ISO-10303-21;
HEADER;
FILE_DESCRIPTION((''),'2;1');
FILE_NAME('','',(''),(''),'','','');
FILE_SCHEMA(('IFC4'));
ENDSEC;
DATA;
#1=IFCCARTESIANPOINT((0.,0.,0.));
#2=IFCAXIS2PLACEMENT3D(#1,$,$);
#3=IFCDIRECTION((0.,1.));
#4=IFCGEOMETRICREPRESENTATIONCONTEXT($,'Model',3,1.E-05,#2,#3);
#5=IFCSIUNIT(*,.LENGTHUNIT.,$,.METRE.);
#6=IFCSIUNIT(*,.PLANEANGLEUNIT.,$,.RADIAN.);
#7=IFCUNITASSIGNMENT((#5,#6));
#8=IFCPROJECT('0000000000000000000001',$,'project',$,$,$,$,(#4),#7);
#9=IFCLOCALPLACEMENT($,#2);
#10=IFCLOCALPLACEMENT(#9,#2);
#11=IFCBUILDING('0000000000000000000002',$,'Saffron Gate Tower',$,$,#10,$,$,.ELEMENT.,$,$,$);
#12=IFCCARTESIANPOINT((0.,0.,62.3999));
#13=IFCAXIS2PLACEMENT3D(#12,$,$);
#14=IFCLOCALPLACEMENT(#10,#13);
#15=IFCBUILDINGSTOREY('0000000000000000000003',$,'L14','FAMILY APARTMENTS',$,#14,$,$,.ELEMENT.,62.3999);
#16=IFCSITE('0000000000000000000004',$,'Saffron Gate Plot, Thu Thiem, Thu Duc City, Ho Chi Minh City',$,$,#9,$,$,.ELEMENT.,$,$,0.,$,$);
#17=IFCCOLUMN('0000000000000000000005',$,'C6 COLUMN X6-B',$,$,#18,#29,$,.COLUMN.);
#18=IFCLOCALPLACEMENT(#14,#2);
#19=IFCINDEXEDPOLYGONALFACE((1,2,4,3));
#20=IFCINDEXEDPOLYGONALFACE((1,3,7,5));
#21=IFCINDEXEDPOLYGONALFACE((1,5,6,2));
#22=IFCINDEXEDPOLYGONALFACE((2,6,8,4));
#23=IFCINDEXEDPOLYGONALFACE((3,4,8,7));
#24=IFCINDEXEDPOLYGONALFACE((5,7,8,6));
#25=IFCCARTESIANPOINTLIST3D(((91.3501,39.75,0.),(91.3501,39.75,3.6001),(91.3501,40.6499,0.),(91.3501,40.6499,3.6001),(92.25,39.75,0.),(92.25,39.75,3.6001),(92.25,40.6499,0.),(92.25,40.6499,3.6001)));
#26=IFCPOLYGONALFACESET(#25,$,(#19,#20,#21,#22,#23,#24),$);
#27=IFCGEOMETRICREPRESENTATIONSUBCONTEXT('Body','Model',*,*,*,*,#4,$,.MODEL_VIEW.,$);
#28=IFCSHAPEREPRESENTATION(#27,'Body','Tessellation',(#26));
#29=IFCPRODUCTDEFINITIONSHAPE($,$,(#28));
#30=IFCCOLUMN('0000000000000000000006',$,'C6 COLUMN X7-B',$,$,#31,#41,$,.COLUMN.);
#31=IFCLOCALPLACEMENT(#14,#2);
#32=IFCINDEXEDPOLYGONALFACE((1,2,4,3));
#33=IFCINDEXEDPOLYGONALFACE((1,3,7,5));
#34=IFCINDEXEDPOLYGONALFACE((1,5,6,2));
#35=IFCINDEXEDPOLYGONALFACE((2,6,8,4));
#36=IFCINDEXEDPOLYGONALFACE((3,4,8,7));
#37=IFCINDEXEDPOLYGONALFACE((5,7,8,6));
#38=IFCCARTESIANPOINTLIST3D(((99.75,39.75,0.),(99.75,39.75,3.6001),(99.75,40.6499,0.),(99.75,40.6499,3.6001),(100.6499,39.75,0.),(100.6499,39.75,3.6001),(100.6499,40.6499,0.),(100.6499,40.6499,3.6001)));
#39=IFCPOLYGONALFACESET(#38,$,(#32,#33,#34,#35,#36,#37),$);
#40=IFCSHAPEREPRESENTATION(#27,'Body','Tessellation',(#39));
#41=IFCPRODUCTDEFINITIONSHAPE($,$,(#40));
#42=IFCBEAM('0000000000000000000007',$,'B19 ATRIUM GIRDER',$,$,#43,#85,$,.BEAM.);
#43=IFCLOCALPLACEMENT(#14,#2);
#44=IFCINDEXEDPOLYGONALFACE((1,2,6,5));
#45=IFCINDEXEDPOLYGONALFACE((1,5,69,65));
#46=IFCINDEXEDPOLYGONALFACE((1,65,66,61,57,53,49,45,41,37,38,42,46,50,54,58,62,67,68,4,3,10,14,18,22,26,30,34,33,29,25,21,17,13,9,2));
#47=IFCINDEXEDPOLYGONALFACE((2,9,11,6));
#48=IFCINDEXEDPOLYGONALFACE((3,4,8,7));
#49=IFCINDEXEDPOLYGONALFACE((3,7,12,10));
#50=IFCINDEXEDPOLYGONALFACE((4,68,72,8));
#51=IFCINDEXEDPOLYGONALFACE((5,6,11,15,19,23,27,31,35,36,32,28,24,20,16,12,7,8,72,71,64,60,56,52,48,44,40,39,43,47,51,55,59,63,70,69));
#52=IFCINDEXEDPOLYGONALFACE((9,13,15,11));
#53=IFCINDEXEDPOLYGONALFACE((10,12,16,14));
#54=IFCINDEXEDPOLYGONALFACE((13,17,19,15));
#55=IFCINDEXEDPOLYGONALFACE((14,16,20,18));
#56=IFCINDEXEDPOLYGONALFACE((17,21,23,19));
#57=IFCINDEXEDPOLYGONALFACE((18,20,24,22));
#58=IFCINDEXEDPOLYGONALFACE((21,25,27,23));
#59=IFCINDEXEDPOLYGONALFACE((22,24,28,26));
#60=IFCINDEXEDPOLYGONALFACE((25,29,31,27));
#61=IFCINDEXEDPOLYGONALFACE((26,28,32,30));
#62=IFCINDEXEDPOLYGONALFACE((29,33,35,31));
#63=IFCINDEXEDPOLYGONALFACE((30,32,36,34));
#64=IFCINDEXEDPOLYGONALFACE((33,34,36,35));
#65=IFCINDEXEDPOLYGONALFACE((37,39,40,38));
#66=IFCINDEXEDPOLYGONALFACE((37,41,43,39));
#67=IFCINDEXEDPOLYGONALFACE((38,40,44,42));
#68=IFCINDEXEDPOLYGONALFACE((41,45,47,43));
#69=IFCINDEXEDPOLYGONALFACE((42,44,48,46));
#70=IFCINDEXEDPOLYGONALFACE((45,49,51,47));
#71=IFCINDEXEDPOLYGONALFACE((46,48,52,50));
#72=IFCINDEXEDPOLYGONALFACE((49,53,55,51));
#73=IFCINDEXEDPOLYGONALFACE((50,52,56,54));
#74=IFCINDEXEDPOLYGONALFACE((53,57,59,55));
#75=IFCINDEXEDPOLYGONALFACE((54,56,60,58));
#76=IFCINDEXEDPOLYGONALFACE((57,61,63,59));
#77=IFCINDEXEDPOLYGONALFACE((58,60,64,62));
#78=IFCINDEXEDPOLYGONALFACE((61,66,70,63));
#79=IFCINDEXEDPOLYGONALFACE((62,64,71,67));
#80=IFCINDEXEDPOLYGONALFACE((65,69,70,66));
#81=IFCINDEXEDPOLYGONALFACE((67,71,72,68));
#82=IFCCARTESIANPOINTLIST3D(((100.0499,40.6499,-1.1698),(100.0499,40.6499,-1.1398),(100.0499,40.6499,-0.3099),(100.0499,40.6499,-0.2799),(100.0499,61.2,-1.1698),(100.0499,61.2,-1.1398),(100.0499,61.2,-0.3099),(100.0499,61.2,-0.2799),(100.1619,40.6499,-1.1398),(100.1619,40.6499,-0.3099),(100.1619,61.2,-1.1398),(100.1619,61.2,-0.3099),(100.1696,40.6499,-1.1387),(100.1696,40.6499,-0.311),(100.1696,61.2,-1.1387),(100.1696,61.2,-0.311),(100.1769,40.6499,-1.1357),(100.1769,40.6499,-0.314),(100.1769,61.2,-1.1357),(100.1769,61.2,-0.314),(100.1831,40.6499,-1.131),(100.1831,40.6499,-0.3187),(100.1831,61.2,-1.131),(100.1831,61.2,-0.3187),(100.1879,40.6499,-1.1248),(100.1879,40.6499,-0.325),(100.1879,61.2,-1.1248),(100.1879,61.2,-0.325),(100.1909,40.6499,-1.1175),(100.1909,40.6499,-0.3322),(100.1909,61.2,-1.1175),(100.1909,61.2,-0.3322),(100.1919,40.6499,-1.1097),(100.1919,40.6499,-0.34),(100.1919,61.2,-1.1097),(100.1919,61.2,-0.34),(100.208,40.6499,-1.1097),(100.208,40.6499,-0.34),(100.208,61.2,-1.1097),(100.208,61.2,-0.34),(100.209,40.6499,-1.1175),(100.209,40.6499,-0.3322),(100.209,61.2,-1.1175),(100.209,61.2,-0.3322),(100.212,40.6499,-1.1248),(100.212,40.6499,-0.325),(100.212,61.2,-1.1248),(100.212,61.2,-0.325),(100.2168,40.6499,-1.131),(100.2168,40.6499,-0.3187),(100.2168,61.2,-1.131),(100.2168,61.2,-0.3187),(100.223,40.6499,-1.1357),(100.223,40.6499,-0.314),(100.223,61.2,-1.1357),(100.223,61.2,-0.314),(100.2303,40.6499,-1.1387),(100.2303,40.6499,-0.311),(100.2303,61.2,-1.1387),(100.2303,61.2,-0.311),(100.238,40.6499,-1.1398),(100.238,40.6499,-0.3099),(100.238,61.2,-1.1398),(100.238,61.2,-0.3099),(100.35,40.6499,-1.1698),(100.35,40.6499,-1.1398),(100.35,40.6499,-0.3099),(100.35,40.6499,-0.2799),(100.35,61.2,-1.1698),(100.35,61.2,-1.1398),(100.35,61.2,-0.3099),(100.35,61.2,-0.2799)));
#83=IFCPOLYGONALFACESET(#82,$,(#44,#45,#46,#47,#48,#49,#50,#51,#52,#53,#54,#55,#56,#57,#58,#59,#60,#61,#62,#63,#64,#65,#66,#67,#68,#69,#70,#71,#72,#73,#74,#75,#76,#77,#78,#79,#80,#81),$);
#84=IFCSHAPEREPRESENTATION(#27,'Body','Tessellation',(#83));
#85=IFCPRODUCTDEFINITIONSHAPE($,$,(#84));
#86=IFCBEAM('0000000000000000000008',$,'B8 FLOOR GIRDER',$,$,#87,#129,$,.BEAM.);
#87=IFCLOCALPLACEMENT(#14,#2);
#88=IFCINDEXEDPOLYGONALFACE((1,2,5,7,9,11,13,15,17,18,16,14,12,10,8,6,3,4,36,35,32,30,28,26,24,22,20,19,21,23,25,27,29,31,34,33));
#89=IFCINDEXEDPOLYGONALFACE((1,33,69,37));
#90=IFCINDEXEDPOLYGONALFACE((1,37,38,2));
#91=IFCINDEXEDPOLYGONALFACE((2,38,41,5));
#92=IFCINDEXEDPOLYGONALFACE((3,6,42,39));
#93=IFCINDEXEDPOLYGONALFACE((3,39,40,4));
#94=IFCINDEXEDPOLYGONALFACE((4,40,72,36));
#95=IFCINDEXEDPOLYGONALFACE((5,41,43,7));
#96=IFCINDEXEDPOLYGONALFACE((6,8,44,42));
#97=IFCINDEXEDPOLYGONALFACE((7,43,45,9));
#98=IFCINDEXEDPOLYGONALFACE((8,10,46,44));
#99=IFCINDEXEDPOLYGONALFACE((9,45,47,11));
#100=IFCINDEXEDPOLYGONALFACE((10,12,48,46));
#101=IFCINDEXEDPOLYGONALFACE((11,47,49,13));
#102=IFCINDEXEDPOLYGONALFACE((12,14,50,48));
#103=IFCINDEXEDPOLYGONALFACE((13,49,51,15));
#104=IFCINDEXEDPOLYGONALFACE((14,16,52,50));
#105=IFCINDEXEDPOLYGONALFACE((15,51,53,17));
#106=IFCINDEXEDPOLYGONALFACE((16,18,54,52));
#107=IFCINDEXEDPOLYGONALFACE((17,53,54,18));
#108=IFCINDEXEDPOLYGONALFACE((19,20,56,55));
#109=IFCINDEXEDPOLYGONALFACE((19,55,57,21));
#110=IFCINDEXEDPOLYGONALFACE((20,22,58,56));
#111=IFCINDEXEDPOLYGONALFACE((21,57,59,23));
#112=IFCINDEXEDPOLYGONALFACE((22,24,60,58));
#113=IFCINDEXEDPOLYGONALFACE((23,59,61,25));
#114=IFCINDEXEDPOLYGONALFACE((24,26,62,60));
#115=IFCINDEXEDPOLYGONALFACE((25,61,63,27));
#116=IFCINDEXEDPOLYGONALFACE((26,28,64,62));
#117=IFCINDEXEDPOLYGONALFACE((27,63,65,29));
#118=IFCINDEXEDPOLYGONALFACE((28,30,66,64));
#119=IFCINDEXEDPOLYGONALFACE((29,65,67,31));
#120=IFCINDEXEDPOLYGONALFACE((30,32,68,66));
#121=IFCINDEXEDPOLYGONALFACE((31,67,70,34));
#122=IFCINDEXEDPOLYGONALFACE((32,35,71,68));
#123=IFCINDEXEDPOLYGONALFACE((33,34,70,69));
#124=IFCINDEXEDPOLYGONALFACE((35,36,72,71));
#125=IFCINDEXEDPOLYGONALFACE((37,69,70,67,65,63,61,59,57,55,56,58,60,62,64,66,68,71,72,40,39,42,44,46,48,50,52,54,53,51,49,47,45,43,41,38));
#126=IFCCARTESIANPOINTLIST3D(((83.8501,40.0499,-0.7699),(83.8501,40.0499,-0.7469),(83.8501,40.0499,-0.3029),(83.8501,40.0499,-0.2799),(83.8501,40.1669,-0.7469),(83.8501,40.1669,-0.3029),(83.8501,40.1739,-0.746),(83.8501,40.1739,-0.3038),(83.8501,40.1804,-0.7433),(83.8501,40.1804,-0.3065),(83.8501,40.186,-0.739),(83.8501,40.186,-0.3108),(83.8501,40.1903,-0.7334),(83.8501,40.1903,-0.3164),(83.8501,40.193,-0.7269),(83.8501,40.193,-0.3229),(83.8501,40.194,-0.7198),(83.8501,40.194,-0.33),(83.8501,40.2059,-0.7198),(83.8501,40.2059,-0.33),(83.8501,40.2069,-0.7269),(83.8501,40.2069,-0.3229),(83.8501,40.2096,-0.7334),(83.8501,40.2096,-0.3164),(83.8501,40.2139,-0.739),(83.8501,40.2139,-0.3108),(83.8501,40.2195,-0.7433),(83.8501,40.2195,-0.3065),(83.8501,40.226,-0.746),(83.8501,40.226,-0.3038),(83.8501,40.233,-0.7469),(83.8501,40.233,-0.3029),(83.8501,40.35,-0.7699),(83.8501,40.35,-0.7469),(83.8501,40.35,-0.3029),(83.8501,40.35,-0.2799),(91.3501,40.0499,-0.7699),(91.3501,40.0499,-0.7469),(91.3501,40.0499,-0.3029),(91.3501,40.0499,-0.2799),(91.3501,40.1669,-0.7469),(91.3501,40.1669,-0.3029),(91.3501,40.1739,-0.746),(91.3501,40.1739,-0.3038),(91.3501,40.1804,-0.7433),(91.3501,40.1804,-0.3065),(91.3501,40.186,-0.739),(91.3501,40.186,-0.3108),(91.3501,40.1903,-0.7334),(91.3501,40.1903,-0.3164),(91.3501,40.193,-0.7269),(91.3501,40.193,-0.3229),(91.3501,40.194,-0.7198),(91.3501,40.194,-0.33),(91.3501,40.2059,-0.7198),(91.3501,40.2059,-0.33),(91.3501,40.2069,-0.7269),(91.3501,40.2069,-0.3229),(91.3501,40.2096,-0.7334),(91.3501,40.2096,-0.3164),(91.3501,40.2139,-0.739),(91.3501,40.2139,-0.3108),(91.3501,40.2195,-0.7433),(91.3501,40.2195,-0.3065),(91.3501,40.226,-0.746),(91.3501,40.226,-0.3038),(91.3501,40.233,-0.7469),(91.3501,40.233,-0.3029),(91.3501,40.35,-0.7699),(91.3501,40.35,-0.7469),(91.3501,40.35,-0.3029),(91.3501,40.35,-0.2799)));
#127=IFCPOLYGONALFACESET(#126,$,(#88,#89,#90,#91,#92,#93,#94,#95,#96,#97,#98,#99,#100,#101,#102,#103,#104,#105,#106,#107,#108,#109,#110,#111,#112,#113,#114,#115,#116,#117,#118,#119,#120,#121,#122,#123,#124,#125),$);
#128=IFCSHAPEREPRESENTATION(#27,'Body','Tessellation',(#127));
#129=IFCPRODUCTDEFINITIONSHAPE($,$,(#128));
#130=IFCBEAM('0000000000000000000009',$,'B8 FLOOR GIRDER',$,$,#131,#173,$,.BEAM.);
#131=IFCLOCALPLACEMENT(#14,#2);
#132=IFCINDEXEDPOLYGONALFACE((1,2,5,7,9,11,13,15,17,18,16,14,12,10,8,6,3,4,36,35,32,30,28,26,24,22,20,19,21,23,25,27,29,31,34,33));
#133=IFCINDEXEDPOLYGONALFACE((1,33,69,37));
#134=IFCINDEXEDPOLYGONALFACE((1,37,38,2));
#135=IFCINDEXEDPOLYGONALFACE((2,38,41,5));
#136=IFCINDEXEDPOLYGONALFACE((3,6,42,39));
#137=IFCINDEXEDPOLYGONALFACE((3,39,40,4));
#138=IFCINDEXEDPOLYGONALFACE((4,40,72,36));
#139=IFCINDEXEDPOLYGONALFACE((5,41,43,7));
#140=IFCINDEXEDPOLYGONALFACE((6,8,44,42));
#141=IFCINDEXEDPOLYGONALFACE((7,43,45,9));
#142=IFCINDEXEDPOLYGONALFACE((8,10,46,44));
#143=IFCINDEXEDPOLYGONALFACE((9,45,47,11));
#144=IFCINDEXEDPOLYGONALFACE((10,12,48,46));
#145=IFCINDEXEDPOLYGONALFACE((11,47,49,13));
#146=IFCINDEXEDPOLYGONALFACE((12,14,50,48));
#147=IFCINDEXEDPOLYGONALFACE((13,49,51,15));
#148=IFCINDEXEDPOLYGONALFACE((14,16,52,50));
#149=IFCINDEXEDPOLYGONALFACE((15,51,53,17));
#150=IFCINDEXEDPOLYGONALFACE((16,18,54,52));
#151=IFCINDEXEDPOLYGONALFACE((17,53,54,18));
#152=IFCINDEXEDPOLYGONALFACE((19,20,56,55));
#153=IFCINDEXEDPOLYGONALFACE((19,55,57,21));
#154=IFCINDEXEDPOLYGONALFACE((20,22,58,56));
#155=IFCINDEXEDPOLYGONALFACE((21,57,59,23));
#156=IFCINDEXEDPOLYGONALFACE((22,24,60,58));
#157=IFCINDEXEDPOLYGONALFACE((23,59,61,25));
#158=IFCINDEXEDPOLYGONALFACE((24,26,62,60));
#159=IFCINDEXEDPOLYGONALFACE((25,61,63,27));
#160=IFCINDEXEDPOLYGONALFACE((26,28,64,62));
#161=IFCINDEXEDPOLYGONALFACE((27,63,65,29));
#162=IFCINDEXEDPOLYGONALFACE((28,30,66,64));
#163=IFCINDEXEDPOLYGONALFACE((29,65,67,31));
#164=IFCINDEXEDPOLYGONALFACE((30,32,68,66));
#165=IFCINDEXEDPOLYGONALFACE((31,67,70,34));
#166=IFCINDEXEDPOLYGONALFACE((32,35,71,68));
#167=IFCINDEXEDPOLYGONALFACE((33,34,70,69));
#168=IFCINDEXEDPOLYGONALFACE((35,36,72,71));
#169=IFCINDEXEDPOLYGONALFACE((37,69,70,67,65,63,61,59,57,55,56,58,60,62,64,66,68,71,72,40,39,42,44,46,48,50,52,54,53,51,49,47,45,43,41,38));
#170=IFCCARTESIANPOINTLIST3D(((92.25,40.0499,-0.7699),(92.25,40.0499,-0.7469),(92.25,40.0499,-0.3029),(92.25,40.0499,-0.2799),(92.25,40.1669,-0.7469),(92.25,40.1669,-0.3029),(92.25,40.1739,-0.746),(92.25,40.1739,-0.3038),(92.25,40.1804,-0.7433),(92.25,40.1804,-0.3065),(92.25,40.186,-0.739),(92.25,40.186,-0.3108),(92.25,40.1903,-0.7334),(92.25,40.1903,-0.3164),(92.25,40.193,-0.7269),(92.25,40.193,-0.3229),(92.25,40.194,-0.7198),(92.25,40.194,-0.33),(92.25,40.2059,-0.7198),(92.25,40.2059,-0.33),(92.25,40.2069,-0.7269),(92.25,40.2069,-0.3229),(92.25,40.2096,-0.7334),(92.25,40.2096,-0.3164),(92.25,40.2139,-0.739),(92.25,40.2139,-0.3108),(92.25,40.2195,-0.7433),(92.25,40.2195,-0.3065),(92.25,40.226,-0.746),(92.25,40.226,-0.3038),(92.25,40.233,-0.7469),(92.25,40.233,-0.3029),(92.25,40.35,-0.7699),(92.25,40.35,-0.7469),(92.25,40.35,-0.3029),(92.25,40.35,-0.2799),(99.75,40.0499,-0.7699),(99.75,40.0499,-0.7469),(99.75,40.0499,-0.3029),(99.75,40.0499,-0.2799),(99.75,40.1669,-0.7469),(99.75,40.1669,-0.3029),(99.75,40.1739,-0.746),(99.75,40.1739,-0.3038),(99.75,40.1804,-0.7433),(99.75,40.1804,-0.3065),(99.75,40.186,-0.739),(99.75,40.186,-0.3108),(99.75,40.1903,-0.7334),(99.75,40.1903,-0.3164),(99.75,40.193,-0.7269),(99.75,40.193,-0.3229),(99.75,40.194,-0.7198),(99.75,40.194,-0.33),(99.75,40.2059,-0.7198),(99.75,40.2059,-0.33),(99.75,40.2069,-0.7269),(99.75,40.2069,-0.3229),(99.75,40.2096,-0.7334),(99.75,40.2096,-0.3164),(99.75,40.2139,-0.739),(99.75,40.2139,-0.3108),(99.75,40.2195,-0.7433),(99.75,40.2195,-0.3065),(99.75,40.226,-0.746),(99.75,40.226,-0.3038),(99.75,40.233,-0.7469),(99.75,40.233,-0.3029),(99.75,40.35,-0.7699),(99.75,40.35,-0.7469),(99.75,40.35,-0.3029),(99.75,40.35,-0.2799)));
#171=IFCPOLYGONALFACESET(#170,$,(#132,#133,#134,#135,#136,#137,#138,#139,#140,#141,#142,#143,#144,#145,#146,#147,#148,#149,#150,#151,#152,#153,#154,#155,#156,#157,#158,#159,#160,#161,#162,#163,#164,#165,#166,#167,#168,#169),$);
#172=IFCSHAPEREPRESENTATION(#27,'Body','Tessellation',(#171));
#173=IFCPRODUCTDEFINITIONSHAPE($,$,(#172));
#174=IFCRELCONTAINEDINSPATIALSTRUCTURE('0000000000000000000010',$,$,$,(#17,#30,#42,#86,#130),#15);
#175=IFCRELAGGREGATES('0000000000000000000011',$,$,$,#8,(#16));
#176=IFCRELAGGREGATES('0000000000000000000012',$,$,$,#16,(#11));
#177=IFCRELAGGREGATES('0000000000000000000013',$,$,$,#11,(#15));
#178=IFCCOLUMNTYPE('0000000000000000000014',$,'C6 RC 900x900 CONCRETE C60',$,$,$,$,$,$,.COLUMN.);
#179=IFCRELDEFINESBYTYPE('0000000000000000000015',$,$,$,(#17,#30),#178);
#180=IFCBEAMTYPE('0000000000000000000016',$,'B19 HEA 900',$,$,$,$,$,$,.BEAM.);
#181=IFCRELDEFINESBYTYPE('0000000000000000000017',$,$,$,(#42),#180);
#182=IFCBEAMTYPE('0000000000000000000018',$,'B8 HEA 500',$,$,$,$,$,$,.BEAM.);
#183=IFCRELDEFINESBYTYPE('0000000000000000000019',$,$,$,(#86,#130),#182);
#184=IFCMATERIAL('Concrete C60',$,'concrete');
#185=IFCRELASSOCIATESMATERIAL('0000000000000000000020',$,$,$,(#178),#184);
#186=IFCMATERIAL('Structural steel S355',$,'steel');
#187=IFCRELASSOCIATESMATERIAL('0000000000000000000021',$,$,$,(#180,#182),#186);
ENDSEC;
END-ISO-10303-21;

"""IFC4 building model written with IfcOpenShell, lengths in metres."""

from ifc_helpers import new_model, si_unit, direction, frame, origin, origin_2d, place, context, subcontext, project, spatial, rectangle, i_section, extrude, material, material_profile, profile_set, type_object, element, save


model = new_model("IFC4")

# Units and contexts
model_context = context("Model", 3, precision=1e-05, world=origin(), true_north=direction((0.0, 1.0)))
body_context = subcontext(model_context, "Body", "Model", "MODEL_VIEW")
ifc_project = project(units=[si_unit("LENGTHUNIT", "METRE"), si_unit("PLANEANGLEUNIT", "RADIAN")], contexts=[model_context])

# Site, building, storey
site_placement = place(None, origin())
site = spatial("IfcSite", under=ifc_project, at=site_placement, Name="Saffron Gate Plot, Thu Thiem, Thu Duc City, Ho Chi Minh City", CompositionType="ELEMENT", RefElevation=0.0)
building_placement = place(site_placement, origin())
building = spatial("IfcBuilding", under=site, at=building_placement, Name="Saffron Gate Tower", CompositionType="ELEMENT")
storey_placement = place(building_placement, frame((0.0, 0.0, 62.3999)))
storey = spatial("IfcBuildingStorey", under=building, at=storey_placement, Name="L14", Description="FAMILY APARTMENTS", CompositionType="ELEMENT", Elevation=62.3999)

# Columns
ifc_material_1 = material(Name="Concrete C60", Category="concrete")
ifc_material_profile_1 = material_profile(ifc_material_1, rectangle(XDim=0.8999, YDim=0.8999, at=origin_2d()))
ifc_profile_set_1 = profile_set([ifc_material_profile_1], Name="Concrete C60")
column_type = type_object("IfcColumnType", Name="C6 RC 900x900 CONCRETE C60", PredefinedType="COLUMN", material=ifc_profile_set_1)
for number, where, z_axis, x_axis, name in (
    (1, (91.8, 40.2, 0.0), (0.0, 0.0, 1.0), (1.0, 0.0, 0.0), "C6 COLUMN X6-B"),
    (2, (100.2, 40.2, 0.0), (0.0, 0.0, 1.0), (1.0, 0.0, 0.0), "C6 COLUMN X7-B"),
):
    element("IfcColumn", number, at=place(storey_placement, frame(where, z_axis=z_axis, x_axis=x_axis)), inside=storey, type_object=column_type, Name=name, PredefinedType="COLUMN", context=body_context, shape_type="SweptSolid", body=[
        extrude(rectangle(XDim=0.8999, YDim=0.8999, at=origin_2d()), origin(), (0.0, 0.0, 1.0), 3.6001),
    ])

# Beams
ifc_material_2 = material(Name="Structural steel S355", Category="steel")
ifc_material_profile_2 = material_profile(ifc_material_2, i_section(OverallWidth=0.3, OverallDepth=0.8899, WebThickness=0.0161, FlangeThickness=0.03, FilletRadius=0.03, at=origin_2d()))
ifc_profile_set_2 = profile_set([ifc_material_profile_2], Name="Structural steel S355")
beam_type_1 = type_object("IfcBeamType", Name="B19 HEA 900", PredefinedType="BEAM", material=ifc_profile_set_2)
beam_placement = place(storey_placement, frame((100.2, 40.6499, -0.7249), z_axis=(0.0, 1.0, 0.0), x_axis=(-1.0, 0.0, 0.0)))
element("IfcBeam", 3, at=beam_placement, inside=storey, type_object=beam_type_1, Name="B19 ATRIUM GIRDER", PredefinedType="BEAM", context=body_context, shape_type="SweptSolid", body=[
    extrude(i_section(OverallWidth=0.3, OverallDepth=0.8899, WebThickness=0.0161, FlangeThickness=0.03, FilletRadius=0.03, at=origin_2d()), origin(), (0.0, 0.0, 1.0), 20.55),
])
ifc_material_profile_3 = material_profile(ifc_material_2, i_section(OverallWidth=0.3, OverallDepth=0.49, WebThickness=0.012, FlangeThickness=0.0229, FilletRadius=0.0271, at=origin_2d()))
ifc_profile_set_3 = profile_set([ifc_material_profile_3], Name="Structural steel S355")
beam_type_2 = type_object("IfcBeamType", Name="B8 HEA 500", PredefinedType="BEAM", material=ifc_profile_set_3)
for number, where, z_axis, x_axis, name in (
    (4, (83.8501, 40.2, -0.5249), (1.0, 0.0, 0.0), (0.0, 1.0, 0.0), "B8 FLOOR GIRDER"),
    (5, (92.25, 40.2, -0.5249), (1.0, 0.0, 0.0), (0.0, 1.0, 0.0), "B8 FLOOR GIRDER"),
):
    element("IfcBeam", number, at=place(storey_placement, frame(where, z_axis=z_axis, x_axis=x_axis)), inside=storey, type_object=beam_type_2, Name=name, PredefinedType="BEAM", context=body_context, shape_type="SweptSolid", body=[
        extrude(i_section(OverallWidth=0.3, OverallDepth=0.49, WebThickness=0.012, FlangeThickness=0.0229, FilletRadius=0.0271, at=origin_2d()), origin(), (0.0, 0.0, 1.0), 7.5),
    ])

save(model, "model.ifc")
